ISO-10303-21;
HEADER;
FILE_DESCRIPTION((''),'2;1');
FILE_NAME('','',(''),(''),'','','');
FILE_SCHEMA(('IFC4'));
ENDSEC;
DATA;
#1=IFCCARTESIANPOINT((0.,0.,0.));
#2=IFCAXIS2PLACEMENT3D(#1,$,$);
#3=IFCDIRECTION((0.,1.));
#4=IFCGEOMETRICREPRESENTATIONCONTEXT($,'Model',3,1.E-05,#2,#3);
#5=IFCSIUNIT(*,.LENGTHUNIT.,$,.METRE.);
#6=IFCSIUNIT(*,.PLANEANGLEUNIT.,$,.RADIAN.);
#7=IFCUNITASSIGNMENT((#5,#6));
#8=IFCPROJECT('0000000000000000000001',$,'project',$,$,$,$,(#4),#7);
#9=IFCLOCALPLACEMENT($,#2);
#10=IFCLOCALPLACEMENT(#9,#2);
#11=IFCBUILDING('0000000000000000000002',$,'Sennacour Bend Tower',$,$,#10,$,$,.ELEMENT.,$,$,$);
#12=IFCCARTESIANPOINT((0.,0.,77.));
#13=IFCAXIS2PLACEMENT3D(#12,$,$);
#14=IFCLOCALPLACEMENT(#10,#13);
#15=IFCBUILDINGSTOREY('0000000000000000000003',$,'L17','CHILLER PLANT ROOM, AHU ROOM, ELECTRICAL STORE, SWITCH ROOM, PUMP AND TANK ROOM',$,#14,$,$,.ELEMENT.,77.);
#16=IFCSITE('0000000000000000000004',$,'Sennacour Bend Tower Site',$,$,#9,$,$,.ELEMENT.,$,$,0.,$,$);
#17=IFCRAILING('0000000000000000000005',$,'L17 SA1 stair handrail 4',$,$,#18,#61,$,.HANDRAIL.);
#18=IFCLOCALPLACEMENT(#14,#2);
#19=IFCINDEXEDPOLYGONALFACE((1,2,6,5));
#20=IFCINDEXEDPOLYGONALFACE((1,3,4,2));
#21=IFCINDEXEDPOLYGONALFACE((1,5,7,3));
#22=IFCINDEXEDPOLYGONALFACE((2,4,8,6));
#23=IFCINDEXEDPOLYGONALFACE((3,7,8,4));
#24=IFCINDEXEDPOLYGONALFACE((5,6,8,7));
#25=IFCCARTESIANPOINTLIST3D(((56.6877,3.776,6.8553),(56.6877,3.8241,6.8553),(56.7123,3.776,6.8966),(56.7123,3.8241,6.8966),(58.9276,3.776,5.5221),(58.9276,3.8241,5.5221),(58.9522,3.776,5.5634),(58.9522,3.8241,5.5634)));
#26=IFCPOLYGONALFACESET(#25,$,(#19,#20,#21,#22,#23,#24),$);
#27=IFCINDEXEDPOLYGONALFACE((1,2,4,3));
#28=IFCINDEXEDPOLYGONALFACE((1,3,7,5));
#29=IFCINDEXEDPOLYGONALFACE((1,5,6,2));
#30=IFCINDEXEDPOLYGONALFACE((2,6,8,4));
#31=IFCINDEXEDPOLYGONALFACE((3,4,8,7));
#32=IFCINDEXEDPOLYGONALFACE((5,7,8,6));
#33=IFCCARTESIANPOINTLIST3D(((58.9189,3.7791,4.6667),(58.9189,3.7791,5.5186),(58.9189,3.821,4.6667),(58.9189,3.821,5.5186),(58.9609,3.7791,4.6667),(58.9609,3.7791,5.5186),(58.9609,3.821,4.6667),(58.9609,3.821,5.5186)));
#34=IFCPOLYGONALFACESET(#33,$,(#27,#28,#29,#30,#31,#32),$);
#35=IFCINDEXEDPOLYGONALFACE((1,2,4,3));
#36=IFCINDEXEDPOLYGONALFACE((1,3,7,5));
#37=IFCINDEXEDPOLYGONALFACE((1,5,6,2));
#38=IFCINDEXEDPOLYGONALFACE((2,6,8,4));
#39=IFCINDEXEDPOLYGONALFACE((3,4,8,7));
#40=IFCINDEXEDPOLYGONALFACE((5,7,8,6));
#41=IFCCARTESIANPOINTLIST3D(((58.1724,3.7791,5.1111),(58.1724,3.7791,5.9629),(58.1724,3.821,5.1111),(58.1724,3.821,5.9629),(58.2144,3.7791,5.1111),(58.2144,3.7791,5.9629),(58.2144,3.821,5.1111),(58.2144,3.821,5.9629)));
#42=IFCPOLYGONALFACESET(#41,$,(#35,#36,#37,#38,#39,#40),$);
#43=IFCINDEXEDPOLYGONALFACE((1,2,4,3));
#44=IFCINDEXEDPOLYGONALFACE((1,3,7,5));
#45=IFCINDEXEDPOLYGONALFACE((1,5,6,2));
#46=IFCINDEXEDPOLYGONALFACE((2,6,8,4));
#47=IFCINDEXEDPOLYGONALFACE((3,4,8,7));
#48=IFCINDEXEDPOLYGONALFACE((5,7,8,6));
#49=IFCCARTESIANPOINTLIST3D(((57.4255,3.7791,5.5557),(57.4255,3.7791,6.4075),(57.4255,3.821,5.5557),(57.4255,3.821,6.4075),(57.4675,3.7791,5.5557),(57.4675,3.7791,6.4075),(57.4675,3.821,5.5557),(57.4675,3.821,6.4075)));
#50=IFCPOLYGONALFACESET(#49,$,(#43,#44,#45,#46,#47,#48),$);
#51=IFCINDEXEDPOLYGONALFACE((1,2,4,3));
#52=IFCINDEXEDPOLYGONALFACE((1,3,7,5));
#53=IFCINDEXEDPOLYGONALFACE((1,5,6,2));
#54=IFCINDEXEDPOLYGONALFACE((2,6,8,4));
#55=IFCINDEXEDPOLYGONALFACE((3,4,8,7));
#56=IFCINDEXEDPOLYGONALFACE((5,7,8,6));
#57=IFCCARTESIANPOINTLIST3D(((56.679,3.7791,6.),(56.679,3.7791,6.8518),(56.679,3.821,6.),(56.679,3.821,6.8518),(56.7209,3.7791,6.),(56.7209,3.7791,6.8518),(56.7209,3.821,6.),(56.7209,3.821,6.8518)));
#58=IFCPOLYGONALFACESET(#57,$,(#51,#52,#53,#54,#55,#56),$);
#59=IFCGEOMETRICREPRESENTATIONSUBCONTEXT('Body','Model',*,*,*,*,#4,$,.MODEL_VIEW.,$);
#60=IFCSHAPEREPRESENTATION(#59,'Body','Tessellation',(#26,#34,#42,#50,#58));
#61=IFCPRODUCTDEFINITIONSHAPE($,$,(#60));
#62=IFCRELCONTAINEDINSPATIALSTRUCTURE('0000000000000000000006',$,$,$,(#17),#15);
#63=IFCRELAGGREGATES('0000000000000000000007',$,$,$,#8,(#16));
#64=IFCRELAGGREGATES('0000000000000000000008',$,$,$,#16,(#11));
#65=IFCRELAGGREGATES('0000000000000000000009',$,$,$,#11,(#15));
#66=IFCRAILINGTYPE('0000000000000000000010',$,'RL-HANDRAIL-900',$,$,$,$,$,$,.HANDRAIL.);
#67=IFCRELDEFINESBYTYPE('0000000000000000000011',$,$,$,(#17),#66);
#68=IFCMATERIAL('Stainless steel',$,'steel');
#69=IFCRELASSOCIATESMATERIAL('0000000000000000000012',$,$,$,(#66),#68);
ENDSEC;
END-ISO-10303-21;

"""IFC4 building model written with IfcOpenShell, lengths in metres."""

from ifc_helpers import new_model, si_unit, direction, frame, origin, origin_2d, place, context, subcontext, project, spatial, rectangle, extrude, material, type_object, element, save


model = new_model("IFC4")

# Units and contexts
model_context = context("Model", 3, precision=1e-05, world=origin(), true_north=direction((0.0, 1.0)))
body_context = subcontext(model_context, "Body", "Model", "MODEL_VIEW")
ifc_project = project(units=[si_unit("LENGTHUNIT", "METRE"), si_unit("PLANEANGLEUNIT", "RADIAN")], contexts=[model_context])

# Site, building, storey
site_placement = place(None, origin())
site = spatial("IfcSite", under=ifc_project, at=site_placement, Name="Sennacour Bend Tower Site", CompositionType="ELEMENT", RefElevation=0.0)
building_placement = place(site_placement, origin())
building = spatial("IfcBuilding", under=site, at=building_placement, Name="Sennacour Bend Tower", CompositionType="ELEMENT")
storey_placement = place(building_placement, frame((0.0, 0.0, 77.0)))
storey = spatial("IfcBuildingStorey", under=building, at=storey_placement, Name="L17", Description="CHILLER PLANT ROOM, AHU ROOM, ELECTRICAL STORE, SWITCH ROOM, PUMP AND TANK ROOM", CompositionType="ELEMENT", Elevation=77.0)

# Railing
ifc_material_1 = material(Name="Stainless steel", Category="steel")
railing_type_1 = type_object("IfcRailingType", Name="RL-HANDRAIL-900", PredefinedType="HANDRAIL", material=ifc_material_1)
for number, where, name in (
    (1, (58.9399, 3.8, 4.6667), "L17 SA1 stair handrail 4"),
):
    element("IfcRailing", number, at=place(storey_placement, frame(where)), inside=storey, type_object=railing_type_1, Name=name, PredefinedType="HANDRAIL", context=body_context, shape_type="SweptSolid", body=[
        extrude(rectangle(XDim=0.0481, YDim=0.0481, at=origin_2d()), frame((0.0, 0.0, 0.876), z_axis=(-0.859306, 0.0, 0.511462), x_axis=(0.0, -1.0, 0.0)), (0.0, 0.0, 1.0), 2.6067),
        extrude(rectangle(XDim=0.042, YDim=0.042, at=origin_2d()), origin(), (0.0, 0.0, 1.0), 0.8518),
        extrude(rectangle(XDim=0.042, YDim=0.042, at=origin_2d()), frame((-0.7466, 0.0, 0.4443)), (0.0, 0.0, 1.0), 0.8518),
        extrude(rectangle(XDim=0.042, YDim=0.042, at=origin_2d()), frame((-1.4934, 0.0, 0.8889)), (0.0, 0.0, 1.0), 0.8518),
        extrude(rectangle(XDim=0.042, YDim=0.042, at=origin_2d()), frame((-2.24, 0.0, 1.3333)), (0.0, 0.0, 1.0), 0.8518),
    ])

save(model, "model.ifc")
